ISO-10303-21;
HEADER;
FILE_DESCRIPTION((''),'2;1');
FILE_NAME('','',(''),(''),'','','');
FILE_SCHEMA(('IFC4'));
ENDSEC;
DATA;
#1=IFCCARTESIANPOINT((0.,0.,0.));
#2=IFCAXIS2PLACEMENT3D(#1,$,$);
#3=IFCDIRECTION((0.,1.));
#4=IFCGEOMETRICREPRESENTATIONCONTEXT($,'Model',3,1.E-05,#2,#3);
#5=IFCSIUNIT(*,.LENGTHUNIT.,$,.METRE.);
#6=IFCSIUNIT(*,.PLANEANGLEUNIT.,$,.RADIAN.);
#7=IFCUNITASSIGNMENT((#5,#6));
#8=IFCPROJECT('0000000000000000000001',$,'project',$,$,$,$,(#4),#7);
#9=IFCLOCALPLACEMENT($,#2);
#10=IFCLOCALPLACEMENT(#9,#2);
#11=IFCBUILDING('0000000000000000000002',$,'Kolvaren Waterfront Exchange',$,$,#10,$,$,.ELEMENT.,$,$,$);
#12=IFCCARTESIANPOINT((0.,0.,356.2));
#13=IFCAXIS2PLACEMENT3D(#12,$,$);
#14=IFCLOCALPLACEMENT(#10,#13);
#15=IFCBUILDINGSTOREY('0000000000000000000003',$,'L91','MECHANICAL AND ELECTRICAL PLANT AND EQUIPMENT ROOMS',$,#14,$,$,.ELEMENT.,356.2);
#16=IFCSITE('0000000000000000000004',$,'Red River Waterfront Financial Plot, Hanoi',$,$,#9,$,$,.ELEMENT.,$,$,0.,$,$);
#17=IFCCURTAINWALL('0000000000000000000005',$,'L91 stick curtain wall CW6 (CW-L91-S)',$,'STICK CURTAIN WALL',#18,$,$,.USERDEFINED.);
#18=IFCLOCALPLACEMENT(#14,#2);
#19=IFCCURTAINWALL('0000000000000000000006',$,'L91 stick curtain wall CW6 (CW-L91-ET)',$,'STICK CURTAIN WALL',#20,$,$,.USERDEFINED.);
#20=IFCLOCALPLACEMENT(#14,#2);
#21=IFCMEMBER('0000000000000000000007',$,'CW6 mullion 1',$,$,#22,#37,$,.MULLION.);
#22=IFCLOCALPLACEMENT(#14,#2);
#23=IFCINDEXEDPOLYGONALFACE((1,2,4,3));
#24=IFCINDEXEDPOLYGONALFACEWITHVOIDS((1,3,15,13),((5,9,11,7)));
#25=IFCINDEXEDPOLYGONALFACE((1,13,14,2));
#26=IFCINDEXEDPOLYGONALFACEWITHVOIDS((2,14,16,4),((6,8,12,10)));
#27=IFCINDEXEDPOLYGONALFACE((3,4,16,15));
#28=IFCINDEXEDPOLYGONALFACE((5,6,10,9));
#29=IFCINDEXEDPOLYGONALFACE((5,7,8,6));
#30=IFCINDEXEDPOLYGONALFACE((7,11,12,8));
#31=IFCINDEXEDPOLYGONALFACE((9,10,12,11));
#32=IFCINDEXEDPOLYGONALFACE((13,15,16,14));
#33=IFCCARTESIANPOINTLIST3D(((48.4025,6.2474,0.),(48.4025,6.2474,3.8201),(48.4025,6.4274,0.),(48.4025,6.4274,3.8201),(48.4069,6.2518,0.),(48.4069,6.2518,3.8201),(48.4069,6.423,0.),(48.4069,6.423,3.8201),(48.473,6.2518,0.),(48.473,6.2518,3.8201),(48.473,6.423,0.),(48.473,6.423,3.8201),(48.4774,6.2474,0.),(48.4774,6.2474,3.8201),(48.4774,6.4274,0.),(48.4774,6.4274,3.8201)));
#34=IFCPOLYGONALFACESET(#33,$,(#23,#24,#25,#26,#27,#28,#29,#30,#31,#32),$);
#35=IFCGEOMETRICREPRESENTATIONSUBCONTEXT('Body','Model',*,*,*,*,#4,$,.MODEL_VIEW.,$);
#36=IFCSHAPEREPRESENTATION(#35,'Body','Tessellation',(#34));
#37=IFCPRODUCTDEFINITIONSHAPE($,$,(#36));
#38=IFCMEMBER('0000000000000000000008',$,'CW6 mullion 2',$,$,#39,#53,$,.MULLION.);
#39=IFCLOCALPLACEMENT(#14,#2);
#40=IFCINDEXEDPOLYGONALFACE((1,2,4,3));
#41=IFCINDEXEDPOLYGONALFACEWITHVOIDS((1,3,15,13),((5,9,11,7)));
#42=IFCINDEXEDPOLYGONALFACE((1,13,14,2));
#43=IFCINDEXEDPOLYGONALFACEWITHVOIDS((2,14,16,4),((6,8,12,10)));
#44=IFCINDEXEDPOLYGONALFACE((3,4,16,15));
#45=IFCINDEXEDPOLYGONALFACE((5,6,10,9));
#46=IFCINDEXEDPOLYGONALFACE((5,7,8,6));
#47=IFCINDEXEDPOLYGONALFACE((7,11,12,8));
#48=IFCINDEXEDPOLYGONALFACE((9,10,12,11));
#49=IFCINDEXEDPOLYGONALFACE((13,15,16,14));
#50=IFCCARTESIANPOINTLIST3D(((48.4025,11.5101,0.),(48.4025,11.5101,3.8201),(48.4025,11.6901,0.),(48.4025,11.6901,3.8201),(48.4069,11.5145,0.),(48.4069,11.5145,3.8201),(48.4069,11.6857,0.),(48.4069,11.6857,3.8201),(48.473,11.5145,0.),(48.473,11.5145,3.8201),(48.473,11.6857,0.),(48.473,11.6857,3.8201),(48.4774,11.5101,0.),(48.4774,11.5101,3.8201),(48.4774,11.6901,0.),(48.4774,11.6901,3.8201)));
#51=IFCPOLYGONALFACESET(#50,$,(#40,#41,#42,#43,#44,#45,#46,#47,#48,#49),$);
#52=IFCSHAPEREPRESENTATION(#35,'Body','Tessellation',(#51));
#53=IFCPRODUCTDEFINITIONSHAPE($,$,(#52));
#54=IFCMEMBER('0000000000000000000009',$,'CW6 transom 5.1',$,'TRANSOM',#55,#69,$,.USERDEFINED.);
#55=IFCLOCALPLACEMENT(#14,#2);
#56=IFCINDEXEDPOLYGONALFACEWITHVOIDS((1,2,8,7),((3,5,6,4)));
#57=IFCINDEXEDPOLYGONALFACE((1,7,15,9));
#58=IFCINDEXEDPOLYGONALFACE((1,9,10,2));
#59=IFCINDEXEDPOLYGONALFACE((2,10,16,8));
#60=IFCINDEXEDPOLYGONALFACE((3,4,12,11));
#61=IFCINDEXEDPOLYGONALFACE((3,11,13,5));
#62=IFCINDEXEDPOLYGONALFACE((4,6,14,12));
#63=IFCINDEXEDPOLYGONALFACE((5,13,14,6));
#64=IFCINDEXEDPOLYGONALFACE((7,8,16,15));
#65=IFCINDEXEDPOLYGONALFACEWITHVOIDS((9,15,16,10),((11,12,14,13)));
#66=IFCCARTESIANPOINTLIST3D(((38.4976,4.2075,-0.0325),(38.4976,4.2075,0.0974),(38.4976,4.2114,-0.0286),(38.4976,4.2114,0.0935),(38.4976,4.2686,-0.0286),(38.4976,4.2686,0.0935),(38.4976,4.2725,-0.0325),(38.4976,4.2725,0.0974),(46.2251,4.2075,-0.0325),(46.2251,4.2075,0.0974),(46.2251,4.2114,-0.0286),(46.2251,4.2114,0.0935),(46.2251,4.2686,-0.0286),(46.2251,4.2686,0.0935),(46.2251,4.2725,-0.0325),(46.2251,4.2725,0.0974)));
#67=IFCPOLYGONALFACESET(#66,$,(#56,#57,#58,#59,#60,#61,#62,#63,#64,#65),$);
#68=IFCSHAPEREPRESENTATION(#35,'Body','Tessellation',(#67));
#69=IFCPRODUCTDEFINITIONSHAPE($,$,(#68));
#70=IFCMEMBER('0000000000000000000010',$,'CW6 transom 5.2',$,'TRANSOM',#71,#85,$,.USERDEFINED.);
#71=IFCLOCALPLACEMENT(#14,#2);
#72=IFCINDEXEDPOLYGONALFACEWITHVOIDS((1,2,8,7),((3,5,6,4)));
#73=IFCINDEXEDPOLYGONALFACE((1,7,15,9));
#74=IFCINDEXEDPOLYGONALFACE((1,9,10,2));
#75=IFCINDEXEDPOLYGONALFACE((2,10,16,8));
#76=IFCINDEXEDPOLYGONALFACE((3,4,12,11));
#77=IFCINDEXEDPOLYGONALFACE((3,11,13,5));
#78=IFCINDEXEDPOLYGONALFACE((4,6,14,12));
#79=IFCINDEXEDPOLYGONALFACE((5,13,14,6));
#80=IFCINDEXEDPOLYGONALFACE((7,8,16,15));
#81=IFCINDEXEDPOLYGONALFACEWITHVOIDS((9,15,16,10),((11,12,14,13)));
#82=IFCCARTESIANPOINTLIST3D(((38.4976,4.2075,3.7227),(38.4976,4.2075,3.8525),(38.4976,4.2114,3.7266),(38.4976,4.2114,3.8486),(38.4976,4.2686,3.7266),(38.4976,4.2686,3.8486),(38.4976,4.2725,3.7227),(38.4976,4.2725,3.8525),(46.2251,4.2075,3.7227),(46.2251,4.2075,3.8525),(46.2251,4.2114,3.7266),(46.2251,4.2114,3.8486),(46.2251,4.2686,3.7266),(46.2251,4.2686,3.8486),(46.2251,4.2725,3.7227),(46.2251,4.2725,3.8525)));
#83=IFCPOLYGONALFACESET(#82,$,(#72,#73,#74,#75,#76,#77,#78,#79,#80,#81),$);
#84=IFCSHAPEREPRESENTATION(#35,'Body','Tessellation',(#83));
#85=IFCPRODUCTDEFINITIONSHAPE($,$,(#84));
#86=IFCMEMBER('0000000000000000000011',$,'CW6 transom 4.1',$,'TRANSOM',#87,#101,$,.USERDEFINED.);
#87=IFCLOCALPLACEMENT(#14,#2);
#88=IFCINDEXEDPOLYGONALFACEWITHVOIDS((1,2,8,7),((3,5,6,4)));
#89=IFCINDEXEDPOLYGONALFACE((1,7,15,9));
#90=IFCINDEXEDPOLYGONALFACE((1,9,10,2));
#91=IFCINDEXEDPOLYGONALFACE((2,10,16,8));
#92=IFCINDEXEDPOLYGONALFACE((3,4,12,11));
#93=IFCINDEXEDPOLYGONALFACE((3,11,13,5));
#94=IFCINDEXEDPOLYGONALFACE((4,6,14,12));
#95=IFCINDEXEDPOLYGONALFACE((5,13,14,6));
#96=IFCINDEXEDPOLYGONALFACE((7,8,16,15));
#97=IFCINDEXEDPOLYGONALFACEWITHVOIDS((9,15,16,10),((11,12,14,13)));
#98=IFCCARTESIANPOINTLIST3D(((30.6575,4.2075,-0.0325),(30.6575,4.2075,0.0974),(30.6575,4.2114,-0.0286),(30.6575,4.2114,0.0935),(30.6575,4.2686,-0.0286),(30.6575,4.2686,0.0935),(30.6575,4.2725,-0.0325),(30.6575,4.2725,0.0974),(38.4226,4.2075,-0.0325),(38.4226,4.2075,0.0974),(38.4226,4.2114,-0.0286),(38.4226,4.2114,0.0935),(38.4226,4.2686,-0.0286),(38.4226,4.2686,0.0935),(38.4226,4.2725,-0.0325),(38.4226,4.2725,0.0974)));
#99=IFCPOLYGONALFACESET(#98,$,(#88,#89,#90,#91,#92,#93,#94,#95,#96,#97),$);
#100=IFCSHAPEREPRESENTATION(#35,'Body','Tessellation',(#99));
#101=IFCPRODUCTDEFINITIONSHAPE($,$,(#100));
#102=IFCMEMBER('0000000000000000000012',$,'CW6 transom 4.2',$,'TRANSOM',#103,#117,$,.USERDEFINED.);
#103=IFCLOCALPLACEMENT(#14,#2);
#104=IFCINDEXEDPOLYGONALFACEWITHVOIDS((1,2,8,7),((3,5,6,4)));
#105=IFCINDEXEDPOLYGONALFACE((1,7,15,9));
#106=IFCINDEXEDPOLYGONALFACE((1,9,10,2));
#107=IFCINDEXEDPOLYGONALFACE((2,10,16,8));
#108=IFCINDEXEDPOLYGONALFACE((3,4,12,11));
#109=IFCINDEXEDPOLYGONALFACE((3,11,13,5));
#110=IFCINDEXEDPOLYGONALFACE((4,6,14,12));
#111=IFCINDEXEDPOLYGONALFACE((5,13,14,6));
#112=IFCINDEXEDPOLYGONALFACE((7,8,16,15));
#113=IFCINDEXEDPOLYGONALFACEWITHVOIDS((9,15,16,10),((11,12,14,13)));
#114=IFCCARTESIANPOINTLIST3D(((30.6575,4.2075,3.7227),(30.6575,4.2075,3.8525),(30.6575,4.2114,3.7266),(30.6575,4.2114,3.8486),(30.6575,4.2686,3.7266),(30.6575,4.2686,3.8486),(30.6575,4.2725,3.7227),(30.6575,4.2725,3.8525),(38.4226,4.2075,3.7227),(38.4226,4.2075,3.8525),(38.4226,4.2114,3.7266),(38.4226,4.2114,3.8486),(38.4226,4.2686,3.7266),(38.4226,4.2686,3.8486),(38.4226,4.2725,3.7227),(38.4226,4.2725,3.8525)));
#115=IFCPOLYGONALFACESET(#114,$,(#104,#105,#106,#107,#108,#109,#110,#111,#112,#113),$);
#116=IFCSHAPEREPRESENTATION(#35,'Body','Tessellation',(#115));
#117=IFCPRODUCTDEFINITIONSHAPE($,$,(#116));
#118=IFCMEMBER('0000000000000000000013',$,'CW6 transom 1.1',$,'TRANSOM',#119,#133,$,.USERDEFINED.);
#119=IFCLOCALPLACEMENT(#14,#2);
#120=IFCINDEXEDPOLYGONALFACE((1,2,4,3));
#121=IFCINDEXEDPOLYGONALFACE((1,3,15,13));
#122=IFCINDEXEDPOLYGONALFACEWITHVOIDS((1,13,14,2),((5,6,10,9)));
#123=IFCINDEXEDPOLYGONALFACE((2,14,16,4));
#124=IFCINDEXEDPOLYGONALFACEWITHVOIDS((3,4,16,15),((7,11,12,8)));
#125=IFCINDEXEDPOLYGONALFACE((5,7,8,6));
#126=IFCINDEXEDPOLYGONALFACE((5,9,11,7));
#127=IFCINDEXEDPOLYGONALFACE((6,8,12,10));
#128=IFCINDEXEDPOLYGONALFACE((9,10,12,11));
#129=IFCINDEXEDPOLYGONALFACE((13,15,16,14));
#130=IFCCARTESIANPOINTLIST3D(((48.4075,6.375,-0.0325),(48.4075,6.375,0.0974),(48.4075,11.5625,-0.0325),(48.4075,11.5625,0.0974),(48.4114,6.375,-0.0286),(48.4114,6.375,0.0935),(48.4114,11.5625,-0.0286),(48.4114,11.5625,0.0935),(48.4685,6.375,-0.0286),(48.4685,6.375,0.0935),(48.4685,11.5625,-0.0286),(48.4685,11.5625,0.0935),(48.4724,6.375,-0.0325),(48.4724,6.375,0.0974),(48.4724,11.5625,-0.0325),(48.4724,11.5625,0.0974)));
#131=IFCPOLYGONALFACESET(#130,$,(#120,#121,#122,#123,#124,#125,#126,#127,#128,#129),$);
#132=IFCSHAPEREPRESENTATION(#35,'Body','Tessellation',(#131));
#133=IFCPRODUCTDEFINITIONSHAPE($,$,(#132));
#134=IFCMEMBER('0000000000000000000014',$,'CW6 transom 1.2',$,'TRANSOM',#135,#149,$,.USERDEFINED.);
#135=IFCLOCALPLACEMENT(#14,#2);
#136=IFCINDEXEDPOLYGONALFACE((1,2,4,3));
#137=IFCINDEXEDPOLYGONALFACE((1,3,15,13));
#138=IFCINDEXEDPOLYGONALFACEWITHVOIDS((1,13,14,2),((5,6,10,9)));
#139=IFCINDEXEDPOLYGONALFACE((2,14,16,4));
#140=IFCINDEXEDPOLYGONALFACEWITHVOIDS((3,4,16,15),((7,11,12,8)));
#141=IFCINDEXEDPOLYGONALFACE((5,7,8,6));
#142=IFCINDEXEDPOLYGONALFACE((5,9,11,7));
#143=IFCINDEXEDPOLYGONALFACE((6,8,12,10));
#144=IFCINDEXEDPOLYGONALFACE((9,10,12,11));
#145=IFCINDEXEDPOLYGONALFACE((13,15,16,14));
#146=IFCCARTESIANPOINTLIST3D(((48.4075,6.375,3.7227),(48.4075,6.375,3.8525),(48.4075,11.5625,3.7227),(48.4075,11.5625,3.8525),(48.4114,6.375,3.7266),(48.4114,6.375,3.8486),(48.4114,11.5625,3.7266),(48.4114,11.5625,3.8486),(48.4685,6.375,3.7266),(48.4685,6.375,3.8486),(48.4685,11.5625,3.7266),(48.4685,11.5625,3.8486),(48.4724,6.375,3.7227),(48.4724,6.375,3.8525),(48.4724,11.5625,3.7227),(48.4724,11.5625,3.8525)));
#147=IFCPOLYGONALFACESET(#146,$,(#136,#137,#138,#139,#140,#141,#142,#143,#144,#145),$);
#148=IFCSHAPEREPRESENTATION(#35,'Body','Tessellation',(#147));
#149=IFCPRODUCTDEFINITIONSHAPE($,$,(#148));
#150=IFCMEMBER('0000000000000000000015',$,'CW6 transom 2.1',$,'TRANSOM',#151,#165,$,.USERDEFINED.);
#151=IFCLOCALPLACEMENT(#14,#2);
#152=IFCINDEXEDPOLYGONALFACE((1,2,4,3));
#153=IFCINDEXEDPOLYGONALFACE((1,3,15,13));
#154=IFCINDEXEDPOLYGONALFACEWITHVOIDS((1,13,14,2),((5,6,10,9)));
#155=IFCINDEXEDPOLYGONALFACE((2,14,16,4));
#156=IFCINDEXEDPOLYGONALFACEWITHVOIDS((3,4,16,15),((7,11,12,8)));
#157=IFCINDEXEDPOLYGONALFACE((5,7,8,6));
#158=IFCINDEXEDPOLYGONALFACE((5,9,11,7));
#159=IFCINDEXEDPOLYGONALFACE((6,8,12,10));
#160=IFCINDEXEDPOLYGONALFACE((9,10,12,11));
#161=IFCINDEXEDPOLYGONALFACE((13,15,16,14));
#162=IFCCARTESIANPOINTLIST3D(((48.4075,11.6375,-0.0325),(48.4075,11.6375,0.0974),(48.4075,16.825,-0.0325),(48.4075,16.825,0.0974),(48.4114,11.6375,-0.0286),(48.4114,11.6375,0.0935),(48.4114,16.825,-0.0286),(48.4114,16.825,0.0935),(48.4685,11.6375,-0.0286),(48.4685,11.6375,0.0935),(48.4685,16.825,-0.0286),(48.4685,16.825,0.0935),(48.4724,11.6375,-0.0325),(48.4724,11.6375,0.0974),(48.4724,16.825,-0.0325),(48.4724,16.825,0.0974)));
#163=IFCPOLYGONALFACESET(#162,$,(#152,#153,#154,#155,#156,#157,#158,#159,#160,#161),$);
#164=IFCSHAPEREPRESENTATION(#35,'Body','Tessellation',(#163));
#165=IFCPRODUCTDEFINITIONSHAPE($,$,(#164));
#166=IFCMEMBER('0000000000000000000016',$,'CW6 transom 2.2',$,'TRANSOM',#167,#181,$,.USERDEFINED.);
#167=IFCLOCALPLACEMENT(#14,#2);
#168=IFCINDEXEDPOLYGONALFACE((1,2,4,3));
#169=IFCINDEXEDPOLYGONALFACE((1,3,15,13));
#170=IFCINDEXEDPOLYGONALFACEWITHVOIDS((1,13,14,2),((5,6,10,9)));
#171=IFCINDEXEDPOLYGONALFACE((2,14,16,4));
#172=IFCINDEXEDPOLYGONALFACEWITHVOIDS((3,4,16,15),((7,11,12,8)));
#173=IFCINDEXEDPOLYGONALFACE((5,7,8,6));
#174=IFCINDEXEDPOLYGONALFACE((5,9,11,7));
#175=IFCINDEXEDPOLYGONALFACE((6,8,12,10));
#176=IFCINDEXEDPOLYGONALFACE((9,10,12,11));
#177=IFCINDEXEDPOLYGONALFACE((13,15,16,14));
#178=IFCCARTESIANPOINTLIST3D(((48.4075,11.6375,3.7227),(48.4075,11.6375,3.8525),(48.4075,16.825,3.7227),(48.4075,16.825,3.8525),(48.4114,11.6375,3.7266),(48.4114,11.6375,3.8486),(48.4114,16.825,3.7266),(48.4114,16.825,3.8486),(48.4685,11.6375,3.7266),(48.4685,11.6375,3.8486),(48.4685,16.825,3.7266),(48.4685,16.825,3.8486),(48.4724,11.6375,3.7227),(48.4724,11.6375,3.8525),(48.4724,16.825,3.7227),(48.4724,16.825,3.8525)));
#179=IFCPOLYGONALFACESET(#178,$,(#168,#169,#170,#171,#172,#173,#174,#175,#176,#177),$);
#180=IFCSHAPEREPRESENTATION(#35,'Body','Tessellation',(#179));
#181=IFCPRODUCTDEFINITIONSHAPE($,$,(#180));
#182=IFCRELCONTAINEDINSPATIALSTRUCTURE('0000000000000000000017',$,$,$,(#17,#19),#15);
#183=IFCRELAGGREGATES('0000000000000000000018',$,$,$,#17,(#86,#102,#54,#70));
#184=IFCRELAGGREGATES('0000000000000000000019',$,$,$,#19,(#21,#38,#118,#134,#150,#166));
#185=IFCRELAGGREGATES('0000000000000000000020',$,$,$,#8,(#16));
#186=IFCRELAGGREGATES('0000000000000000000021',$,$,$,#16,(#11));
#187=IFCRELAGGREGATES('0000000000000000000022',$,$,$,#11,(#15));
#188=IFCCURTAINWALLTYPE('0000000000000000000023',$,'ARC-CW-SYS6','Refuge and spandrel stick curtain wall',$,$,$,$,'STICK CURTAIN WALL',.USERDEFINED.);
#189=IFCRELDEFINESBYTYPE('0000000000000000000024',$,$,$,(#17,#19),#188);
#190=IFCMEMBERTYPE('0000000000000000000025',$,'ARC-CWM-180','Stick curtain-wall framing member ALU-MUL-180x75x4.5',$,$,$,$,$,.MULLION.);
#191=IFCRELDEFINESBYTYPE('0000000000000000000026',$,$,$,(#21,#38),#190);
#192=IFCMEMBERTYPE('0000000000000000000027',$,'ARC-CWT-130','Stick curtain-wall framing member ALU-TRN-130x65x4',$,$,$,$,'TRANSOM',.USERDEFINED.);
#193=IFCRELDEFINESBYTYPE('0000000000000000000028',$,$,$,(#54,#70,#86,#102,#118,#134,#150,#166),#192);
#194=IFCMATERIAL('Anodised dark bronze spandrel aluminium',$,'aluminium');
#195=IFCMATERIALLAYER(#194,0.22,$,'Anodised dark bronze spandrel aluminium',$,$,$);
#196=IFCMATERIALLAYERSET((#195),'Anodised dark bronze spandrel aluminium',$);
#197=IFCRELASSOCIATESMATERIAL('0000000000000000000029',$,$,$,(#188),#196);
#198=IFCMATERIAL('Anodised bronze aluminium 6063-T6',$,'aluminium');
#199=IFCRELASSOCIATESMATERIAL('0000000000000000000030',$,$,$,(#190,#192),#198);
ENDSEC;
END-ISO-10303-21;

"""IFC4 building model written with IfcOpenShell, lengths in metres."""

from ifc_helpers import new_model, si_unit, direction, frame, origin, origin_with_axes, origin_2d, place, context, subcontext, project, spatial, hollow_rectangle, extrude, source, transform, mapped, material, layer, layer_set, material_profile, profile_set, type_object, element, aggregate, save


model = new_model("IFC4")

# Units and contexts
model_context = context("Model", 3, precision=1e-05, world=origin(), true_north=direction((0.0, 1.0)))
body_context = subcontext(model_context, "Body", "Model", "MODEL_VIEW")
ifc_project = project(units=[si_unit("LENGTHUNIT", "METRE"), si_unit("PLANEANGLEUNIT", "RADIAN")], contexts=[model_context])

# Site, building, storey
site_placement = place(None, origin())
site = spatial("IfcSite", under=ifc_project, at=site_placement, Name="Red River Waterfront Financial Plot, Hanoi", CompositionType="ELEMENT", RefElevation=0.0)
building_placement = place(site_placement, origin())
building = spatial("IfcBuilding", under=site, at=building_placement, Name="Kolvaren Waterfront Exchange", CompositionType="ELEMENT")
storey_placement = place(building_placement, frame((0.0, 0.0, 356.2)))
storey = spatial("IfcBuildingStorey", under=building, at=storey_placement, Name="L91", Description="MECHANICAL AND ELECTRICAL PLANT AND EQUIPMENT ROOMS", CompositionType="ELEMENT", Elevation=356.2)

# Curtain walls, members
ifc_material_1 = material(Name="Anodised dark bronze spandrel aluminium", Category="aluminium")
ifc_layer_1 = layer(ifc_material_1, 0.22, Name="Anodised dark bronze spandrel aluminium")
ifc_layer_set_1 = layer_set([ifc_layer_1], Name="Anodised dark bronze spandrel aluminium")
curtain_wall_type = type_object("IfcCurtainWallType", Name="ARC-CW-SYS6", Description="Refuge and spandrel stick curtain wall", ElementType="STICK CURTAIN WALL", PredefinedType="USERDEFINED", material=ifc_layer_set_1)
curtain_wall_1_placement = place(storey_placement, origin())
curtain_wall_1 = element("IfcCurtainWall", 1, at=curtain_wall_1_placement, inside=storey, type_object=curtain_wall_type, Name="L91 stick curtain wall CW6 (CW-L91-S)", ObjectType="STICK CURTAIN WALL", PredefinedType="USERDEFINED")
ifc_material_2 = material(Name="Anodised bronze aluminium 6063-T6", Category="aluminium")
ifc_material_profile_1 = material_profile(ifc_material_2, hollow_rectangle(XDim=0.075, YDim=0.1799, WallThickness=0.0044, at=origin_2d()), Name="ALU-MUL-180x75x4.5")
ifc_profile_set_1 = profile_set([ifc_material_profile_1], Name="Anodised bronze aluminium 6063-T6")
member_type_1 = type_object("IfcMemberType", Name="ARC-CWM-180", Description="Stick curtain-wall framing member ALU-MUL-180x75x4.5", PredefinedType="MULLION", material=ifc_profile_set_1)
shared_shape_1 = source(origin_with_axes(), body_context, "Body", "SweptSolid", [
    extrude(hollow_rectangle(XDim=0.075, YDim=0.1799, WallThickness=0.0044, at=origin_2d()), origin(), (0.0, 0.0, 1.0), 3.8201),
])
curtain_wall_2_placement = place(storey_placement, origin())
curtain_wall_2 = element("IfcCurtainWall", 2, at=curtain_wall_2_placement, inside=storey, type_object=curtain_wall_type, Name="L91 stick curtain wall CW6 (CW-L91-ET)", ObjectType="STICK CURTAIN WALL", PredefinedType="USERDEFINED")
member_1_placement = place(storey_placement, frame((48.4399, 6.3374, 0.0), z_axis=(0.0, 0.0, 1.0), x_axis=(-1.0, 0.0, 0.0)))
member_1 = element("IfcMember", 3, at=member_1_placement, type_object=member_type_1, Name="CW6 mullion 1", PredefinedType="MULLION", context=body_context, shape_type="MappedRepresentation", body=[
    mapped(shared_shape_1, transform((0.0, 0.0, 0.0), x_axis=(1.0, 0.0, 0.0), y_axis=(0.0, 1.0, 0.0), z_axis=(0.0, 0.0, 1.0), scale=1.0)),
])
member_2_placement = place(storey_placement, frame((48.4399, 11.6001, 0.0), z_axis=(0.0, 0.0, 1.0), x_axis=(-1.0, 0.0, 0.0)))
member_2 = element("IfcMember", 4, at=member_2_placement, type_object=member_type_1, Name="CW6 mullion 2", PredefinedType="MULLION", context=body_context, shape_type="MappedRepresentation", body=[
    mapped(shared_shape_1, transform((0.0, 0.0, 0.0), x_axis=(1.0, 0.0, 0.0), y_axis=(0.0, 1.0, 0.0), z_axis=(0.0, 0.0, 1.0), scale=1.0)),
])

# Members
ifc_material_profile_2 = material_profile(ifc_material_2, hollow_rectangle(XDim=0.0649, YDim=0.1299, WallThickness=0.0039, at=origin_2d()), Name="ALU-TRN-130x65x4")
ifc_profile_set_2 = profile_set([ifc_material_profile_2], Name="Anodised bronze aluminium 6063-T6")
member_type_2 = type_object("IfcMemberType", Name="ARC-CWT-130", Description="Stick curtain-wall framing member ALU-TRN-130x65x4", ElementType="TRANSOM", PredefinedType="USERDEFINED", material=ifc_profile_set_2)
shared_shape_2 = source(origin_with_axes(), body_context, "Body", "SweptSolid", [
    extrude(hollow_rectangle(XDim=0.0649, YDim=0.1299, WallThickness=0.0039, at=origin_2d()), origin(), (0.0, 0.0, 1.0), 7.7275),
])
member_3_placement = place(storey_placement, frame((38.4976, 4.24, 0.0325), z_axis=(1.0, 0.0, 0.0), x_axis=(0.0, 1.0, 0.0)))
member_3 = element("IfcMember", 5, at=member_3_placement, type_object=member_type_2, Name="CW6 transom 5.1", ObjectType="TRANSOM", PredefinedType="USERDEFINED", context=body_context, shape_type="MappedRepresentation", body=[
    mapped(shared_shape_2, transform((0.0, 0.0, 0.0), x_axis=(1.0, 0.0, 0.0), y_axis=(0.0, 1.0, 0.0), z_axis=(0.0, 0.0, 1.0), scale=1.0)),
])
member_4_placement = place(storey_placement, frame((38.4976, 4.24, 3.7876), z_axis=(1.0, 0.0, 0.0), x_axis=(0.0, 1.0, 0.0)))
member_4 = element("IfcMember", 6, at=member_4_placement, type_object=member_type_2, Name="CW6 transom 5.2", ObjectType="TRANSOM", PredefinedType="USERDEFINED", context=body_context, shape_type="MappedRepresentation", body=[
    mapped(shared_shape_2, transform((0.0, 0.0, 0.0), x_axis=(1.0, 0.0, 0.0), y_axis=(0.0, 1.0, 0.0), z_axis=(0.0, 0.0, 1.0), scale=1.0)),
])
shared_shape_3 = source(origin_with_axes(), body_context, "Body", "SweptSolid", [
    extrude(hollow_rectangle(XDim=0.0649, YDim=0.1299, WallThickness=0.0039, at=origin_2d()), origin(), (0.0, 0.0, 1.0), 7.7651),
])
member_5_placement = place(storey_placement, frame((30.6575, 4.24, 0.0325), z_axis=(1.0, 0.0, 0.0), x_axis=(0.0, 1.0, 0.0)))
member_5 = element("IfcMember", 7, at=member_5_placement, type_object=member_type_2, Name="CW6 transom 4.1", ObjectType="TRANSOM", PredefinedType="USERDEFINED", context=body_context, shape_type="MappedRepresentation", body=[
    mapped(shared_shape_3, transform((0.0, 0.0, 0.0), x_axis=(1.0, 0.0, 0.0), y_axis=(0.0, 1.0, 0.0), z_axis=(0.0, 0.0, 1.0), scale=1.0)),
])
member_6_placement = place(storey_placement, frame((30.6575, 4.24, 3.7876), z_axis=(1.0, 0.0, 0.0), x_axis=(0.0, 1.0, 0.0)))
member_6 = element("IfcMember", 8, at=member_6_placement, type_object=member_type_2, Name="CW6 transom 4.2", ObjectType="TRANSOM", PredefinedType="USERDEFINED", context=body_context, shape_type="MappedRepresentation", body=[
    mapped(shared_shape_3, transform((0.0, 0.0, 0.0), x_axis=(1.0, 0.0, 0.0), y_axis=(0.0, 1.0, 0.0), z_axis=(0.0, 0.0, 1.0), scale=1.0)),
])
shared_shape_4 = source(origin_with_axes(), body_context, "Body", "SweptSolid", [
    extrude(hollow_rectangle(XDim=0.0649, YDim=0.1299, WallThickness=0.0039, at=origin_2d()), origin(), (0.0, 0.0, 1.0), 5.1875),
])
member_7_placement = place(storey_placement, frame((48.4399, 6.375, 0.0325), z_axis=(0.0, 1.0, 0.0), x_axis=(-1.0, 0.0, 0.0)))
member_7 = element("IfcMember", 9, at=member_7_placement, type_object=member_type_2, Name="CW6 transom 1.1", ObjectType="TRANSOM", PredefinedType="USERDEFINED", context=body_context, shape_type="MappedRepresentation", body=[
    mapped(shared_shape_4, transform((0.0, 0.0, 0.0), x_axis=(1.0, 0.0, 0.0), y_axis=(0.0, 1.0, 0.0), z_axis=(0.0, 0.0, 1.0), scale=1.0)),
])
member_8_placement = place(storey_placement, frame((48.4399, 6.375, 3.7876), z_axis=(0.0, 1.0, 0.0), x_axis=(-1.0, 0.0, 0.0)))
member_8 = element("IfcMember", 10, at=member_8_placement, type_object=member_type_2, Name="CW6 transom 1.2", ObjectType="TRANSOM", PredefinedType="USERDEFINED", context=body_context, shape_type="MappedRepresentation", body=[
    mapped(shared_shape_4, transform((0.0, 0.0, 0.0), x_axis=(1.0, 0.0, 0.0), y_axis=(0.0, 1.0, 0.0), z_axis=(0.0, 0.0, 1.0), scale=1.0)),
])
member_9_placement = place(storey_placement, frame((48.4399, 11.6375, 0.0325), z_axis=(0.0, 1.0, 0.0), x_axis=(-1.0, 0.0, 0.0)))
member_9 = element("IfcMember", 11, at=member_9_placement, type_object=member_type_2, Name="CW6 transom 2.1", ObjectType="TRANSOM", PredefinedType="USERDEFINED", context=body_context, shape_type="MappedRepresentation", body=[
    mapped(shared_shape_4, transform((0.0, 0.0, 0.0), x_axis=(1.0, 0.0, 0.0), y_axis=(0.0, 1.0, 0.0), z_axis=(0.0, 0.0, 1.0), scale=1.0)),
])
member_10_placement = place(storey_placement, frame((48.4399, 11.6375, 3.7876), z_axis=(0.0, 1.0, 0.0), x_axis=(-1.0, 0.0, 0.0)))
member_10 = element("IfcMember", 12, at=member_10_placement, type_object=member_type_2, Name="CW6 transom 2.2", ObjectType="TRANSOM", PredefinedType="USERDEFINED", context=body_context, shape_type="MappedRepresentation", body=[
    mapped(shared_shape_4, transform((0.0, 0.0, 0.0), x_axis=(1.0, 0.0, 0.0), y_axis=(0.0, 1.0, 0.0), z_axis=(0.0, 0.0, 1.0), scale=1.0)),
])

aggregate(curtain_wall_1, [member_5, member_6, member_3, member_4])
aggregate(curtain_wall_2, [member_1, member_2, member_7, member_8, member_9, member_10])

save(model, "model.ifc")
